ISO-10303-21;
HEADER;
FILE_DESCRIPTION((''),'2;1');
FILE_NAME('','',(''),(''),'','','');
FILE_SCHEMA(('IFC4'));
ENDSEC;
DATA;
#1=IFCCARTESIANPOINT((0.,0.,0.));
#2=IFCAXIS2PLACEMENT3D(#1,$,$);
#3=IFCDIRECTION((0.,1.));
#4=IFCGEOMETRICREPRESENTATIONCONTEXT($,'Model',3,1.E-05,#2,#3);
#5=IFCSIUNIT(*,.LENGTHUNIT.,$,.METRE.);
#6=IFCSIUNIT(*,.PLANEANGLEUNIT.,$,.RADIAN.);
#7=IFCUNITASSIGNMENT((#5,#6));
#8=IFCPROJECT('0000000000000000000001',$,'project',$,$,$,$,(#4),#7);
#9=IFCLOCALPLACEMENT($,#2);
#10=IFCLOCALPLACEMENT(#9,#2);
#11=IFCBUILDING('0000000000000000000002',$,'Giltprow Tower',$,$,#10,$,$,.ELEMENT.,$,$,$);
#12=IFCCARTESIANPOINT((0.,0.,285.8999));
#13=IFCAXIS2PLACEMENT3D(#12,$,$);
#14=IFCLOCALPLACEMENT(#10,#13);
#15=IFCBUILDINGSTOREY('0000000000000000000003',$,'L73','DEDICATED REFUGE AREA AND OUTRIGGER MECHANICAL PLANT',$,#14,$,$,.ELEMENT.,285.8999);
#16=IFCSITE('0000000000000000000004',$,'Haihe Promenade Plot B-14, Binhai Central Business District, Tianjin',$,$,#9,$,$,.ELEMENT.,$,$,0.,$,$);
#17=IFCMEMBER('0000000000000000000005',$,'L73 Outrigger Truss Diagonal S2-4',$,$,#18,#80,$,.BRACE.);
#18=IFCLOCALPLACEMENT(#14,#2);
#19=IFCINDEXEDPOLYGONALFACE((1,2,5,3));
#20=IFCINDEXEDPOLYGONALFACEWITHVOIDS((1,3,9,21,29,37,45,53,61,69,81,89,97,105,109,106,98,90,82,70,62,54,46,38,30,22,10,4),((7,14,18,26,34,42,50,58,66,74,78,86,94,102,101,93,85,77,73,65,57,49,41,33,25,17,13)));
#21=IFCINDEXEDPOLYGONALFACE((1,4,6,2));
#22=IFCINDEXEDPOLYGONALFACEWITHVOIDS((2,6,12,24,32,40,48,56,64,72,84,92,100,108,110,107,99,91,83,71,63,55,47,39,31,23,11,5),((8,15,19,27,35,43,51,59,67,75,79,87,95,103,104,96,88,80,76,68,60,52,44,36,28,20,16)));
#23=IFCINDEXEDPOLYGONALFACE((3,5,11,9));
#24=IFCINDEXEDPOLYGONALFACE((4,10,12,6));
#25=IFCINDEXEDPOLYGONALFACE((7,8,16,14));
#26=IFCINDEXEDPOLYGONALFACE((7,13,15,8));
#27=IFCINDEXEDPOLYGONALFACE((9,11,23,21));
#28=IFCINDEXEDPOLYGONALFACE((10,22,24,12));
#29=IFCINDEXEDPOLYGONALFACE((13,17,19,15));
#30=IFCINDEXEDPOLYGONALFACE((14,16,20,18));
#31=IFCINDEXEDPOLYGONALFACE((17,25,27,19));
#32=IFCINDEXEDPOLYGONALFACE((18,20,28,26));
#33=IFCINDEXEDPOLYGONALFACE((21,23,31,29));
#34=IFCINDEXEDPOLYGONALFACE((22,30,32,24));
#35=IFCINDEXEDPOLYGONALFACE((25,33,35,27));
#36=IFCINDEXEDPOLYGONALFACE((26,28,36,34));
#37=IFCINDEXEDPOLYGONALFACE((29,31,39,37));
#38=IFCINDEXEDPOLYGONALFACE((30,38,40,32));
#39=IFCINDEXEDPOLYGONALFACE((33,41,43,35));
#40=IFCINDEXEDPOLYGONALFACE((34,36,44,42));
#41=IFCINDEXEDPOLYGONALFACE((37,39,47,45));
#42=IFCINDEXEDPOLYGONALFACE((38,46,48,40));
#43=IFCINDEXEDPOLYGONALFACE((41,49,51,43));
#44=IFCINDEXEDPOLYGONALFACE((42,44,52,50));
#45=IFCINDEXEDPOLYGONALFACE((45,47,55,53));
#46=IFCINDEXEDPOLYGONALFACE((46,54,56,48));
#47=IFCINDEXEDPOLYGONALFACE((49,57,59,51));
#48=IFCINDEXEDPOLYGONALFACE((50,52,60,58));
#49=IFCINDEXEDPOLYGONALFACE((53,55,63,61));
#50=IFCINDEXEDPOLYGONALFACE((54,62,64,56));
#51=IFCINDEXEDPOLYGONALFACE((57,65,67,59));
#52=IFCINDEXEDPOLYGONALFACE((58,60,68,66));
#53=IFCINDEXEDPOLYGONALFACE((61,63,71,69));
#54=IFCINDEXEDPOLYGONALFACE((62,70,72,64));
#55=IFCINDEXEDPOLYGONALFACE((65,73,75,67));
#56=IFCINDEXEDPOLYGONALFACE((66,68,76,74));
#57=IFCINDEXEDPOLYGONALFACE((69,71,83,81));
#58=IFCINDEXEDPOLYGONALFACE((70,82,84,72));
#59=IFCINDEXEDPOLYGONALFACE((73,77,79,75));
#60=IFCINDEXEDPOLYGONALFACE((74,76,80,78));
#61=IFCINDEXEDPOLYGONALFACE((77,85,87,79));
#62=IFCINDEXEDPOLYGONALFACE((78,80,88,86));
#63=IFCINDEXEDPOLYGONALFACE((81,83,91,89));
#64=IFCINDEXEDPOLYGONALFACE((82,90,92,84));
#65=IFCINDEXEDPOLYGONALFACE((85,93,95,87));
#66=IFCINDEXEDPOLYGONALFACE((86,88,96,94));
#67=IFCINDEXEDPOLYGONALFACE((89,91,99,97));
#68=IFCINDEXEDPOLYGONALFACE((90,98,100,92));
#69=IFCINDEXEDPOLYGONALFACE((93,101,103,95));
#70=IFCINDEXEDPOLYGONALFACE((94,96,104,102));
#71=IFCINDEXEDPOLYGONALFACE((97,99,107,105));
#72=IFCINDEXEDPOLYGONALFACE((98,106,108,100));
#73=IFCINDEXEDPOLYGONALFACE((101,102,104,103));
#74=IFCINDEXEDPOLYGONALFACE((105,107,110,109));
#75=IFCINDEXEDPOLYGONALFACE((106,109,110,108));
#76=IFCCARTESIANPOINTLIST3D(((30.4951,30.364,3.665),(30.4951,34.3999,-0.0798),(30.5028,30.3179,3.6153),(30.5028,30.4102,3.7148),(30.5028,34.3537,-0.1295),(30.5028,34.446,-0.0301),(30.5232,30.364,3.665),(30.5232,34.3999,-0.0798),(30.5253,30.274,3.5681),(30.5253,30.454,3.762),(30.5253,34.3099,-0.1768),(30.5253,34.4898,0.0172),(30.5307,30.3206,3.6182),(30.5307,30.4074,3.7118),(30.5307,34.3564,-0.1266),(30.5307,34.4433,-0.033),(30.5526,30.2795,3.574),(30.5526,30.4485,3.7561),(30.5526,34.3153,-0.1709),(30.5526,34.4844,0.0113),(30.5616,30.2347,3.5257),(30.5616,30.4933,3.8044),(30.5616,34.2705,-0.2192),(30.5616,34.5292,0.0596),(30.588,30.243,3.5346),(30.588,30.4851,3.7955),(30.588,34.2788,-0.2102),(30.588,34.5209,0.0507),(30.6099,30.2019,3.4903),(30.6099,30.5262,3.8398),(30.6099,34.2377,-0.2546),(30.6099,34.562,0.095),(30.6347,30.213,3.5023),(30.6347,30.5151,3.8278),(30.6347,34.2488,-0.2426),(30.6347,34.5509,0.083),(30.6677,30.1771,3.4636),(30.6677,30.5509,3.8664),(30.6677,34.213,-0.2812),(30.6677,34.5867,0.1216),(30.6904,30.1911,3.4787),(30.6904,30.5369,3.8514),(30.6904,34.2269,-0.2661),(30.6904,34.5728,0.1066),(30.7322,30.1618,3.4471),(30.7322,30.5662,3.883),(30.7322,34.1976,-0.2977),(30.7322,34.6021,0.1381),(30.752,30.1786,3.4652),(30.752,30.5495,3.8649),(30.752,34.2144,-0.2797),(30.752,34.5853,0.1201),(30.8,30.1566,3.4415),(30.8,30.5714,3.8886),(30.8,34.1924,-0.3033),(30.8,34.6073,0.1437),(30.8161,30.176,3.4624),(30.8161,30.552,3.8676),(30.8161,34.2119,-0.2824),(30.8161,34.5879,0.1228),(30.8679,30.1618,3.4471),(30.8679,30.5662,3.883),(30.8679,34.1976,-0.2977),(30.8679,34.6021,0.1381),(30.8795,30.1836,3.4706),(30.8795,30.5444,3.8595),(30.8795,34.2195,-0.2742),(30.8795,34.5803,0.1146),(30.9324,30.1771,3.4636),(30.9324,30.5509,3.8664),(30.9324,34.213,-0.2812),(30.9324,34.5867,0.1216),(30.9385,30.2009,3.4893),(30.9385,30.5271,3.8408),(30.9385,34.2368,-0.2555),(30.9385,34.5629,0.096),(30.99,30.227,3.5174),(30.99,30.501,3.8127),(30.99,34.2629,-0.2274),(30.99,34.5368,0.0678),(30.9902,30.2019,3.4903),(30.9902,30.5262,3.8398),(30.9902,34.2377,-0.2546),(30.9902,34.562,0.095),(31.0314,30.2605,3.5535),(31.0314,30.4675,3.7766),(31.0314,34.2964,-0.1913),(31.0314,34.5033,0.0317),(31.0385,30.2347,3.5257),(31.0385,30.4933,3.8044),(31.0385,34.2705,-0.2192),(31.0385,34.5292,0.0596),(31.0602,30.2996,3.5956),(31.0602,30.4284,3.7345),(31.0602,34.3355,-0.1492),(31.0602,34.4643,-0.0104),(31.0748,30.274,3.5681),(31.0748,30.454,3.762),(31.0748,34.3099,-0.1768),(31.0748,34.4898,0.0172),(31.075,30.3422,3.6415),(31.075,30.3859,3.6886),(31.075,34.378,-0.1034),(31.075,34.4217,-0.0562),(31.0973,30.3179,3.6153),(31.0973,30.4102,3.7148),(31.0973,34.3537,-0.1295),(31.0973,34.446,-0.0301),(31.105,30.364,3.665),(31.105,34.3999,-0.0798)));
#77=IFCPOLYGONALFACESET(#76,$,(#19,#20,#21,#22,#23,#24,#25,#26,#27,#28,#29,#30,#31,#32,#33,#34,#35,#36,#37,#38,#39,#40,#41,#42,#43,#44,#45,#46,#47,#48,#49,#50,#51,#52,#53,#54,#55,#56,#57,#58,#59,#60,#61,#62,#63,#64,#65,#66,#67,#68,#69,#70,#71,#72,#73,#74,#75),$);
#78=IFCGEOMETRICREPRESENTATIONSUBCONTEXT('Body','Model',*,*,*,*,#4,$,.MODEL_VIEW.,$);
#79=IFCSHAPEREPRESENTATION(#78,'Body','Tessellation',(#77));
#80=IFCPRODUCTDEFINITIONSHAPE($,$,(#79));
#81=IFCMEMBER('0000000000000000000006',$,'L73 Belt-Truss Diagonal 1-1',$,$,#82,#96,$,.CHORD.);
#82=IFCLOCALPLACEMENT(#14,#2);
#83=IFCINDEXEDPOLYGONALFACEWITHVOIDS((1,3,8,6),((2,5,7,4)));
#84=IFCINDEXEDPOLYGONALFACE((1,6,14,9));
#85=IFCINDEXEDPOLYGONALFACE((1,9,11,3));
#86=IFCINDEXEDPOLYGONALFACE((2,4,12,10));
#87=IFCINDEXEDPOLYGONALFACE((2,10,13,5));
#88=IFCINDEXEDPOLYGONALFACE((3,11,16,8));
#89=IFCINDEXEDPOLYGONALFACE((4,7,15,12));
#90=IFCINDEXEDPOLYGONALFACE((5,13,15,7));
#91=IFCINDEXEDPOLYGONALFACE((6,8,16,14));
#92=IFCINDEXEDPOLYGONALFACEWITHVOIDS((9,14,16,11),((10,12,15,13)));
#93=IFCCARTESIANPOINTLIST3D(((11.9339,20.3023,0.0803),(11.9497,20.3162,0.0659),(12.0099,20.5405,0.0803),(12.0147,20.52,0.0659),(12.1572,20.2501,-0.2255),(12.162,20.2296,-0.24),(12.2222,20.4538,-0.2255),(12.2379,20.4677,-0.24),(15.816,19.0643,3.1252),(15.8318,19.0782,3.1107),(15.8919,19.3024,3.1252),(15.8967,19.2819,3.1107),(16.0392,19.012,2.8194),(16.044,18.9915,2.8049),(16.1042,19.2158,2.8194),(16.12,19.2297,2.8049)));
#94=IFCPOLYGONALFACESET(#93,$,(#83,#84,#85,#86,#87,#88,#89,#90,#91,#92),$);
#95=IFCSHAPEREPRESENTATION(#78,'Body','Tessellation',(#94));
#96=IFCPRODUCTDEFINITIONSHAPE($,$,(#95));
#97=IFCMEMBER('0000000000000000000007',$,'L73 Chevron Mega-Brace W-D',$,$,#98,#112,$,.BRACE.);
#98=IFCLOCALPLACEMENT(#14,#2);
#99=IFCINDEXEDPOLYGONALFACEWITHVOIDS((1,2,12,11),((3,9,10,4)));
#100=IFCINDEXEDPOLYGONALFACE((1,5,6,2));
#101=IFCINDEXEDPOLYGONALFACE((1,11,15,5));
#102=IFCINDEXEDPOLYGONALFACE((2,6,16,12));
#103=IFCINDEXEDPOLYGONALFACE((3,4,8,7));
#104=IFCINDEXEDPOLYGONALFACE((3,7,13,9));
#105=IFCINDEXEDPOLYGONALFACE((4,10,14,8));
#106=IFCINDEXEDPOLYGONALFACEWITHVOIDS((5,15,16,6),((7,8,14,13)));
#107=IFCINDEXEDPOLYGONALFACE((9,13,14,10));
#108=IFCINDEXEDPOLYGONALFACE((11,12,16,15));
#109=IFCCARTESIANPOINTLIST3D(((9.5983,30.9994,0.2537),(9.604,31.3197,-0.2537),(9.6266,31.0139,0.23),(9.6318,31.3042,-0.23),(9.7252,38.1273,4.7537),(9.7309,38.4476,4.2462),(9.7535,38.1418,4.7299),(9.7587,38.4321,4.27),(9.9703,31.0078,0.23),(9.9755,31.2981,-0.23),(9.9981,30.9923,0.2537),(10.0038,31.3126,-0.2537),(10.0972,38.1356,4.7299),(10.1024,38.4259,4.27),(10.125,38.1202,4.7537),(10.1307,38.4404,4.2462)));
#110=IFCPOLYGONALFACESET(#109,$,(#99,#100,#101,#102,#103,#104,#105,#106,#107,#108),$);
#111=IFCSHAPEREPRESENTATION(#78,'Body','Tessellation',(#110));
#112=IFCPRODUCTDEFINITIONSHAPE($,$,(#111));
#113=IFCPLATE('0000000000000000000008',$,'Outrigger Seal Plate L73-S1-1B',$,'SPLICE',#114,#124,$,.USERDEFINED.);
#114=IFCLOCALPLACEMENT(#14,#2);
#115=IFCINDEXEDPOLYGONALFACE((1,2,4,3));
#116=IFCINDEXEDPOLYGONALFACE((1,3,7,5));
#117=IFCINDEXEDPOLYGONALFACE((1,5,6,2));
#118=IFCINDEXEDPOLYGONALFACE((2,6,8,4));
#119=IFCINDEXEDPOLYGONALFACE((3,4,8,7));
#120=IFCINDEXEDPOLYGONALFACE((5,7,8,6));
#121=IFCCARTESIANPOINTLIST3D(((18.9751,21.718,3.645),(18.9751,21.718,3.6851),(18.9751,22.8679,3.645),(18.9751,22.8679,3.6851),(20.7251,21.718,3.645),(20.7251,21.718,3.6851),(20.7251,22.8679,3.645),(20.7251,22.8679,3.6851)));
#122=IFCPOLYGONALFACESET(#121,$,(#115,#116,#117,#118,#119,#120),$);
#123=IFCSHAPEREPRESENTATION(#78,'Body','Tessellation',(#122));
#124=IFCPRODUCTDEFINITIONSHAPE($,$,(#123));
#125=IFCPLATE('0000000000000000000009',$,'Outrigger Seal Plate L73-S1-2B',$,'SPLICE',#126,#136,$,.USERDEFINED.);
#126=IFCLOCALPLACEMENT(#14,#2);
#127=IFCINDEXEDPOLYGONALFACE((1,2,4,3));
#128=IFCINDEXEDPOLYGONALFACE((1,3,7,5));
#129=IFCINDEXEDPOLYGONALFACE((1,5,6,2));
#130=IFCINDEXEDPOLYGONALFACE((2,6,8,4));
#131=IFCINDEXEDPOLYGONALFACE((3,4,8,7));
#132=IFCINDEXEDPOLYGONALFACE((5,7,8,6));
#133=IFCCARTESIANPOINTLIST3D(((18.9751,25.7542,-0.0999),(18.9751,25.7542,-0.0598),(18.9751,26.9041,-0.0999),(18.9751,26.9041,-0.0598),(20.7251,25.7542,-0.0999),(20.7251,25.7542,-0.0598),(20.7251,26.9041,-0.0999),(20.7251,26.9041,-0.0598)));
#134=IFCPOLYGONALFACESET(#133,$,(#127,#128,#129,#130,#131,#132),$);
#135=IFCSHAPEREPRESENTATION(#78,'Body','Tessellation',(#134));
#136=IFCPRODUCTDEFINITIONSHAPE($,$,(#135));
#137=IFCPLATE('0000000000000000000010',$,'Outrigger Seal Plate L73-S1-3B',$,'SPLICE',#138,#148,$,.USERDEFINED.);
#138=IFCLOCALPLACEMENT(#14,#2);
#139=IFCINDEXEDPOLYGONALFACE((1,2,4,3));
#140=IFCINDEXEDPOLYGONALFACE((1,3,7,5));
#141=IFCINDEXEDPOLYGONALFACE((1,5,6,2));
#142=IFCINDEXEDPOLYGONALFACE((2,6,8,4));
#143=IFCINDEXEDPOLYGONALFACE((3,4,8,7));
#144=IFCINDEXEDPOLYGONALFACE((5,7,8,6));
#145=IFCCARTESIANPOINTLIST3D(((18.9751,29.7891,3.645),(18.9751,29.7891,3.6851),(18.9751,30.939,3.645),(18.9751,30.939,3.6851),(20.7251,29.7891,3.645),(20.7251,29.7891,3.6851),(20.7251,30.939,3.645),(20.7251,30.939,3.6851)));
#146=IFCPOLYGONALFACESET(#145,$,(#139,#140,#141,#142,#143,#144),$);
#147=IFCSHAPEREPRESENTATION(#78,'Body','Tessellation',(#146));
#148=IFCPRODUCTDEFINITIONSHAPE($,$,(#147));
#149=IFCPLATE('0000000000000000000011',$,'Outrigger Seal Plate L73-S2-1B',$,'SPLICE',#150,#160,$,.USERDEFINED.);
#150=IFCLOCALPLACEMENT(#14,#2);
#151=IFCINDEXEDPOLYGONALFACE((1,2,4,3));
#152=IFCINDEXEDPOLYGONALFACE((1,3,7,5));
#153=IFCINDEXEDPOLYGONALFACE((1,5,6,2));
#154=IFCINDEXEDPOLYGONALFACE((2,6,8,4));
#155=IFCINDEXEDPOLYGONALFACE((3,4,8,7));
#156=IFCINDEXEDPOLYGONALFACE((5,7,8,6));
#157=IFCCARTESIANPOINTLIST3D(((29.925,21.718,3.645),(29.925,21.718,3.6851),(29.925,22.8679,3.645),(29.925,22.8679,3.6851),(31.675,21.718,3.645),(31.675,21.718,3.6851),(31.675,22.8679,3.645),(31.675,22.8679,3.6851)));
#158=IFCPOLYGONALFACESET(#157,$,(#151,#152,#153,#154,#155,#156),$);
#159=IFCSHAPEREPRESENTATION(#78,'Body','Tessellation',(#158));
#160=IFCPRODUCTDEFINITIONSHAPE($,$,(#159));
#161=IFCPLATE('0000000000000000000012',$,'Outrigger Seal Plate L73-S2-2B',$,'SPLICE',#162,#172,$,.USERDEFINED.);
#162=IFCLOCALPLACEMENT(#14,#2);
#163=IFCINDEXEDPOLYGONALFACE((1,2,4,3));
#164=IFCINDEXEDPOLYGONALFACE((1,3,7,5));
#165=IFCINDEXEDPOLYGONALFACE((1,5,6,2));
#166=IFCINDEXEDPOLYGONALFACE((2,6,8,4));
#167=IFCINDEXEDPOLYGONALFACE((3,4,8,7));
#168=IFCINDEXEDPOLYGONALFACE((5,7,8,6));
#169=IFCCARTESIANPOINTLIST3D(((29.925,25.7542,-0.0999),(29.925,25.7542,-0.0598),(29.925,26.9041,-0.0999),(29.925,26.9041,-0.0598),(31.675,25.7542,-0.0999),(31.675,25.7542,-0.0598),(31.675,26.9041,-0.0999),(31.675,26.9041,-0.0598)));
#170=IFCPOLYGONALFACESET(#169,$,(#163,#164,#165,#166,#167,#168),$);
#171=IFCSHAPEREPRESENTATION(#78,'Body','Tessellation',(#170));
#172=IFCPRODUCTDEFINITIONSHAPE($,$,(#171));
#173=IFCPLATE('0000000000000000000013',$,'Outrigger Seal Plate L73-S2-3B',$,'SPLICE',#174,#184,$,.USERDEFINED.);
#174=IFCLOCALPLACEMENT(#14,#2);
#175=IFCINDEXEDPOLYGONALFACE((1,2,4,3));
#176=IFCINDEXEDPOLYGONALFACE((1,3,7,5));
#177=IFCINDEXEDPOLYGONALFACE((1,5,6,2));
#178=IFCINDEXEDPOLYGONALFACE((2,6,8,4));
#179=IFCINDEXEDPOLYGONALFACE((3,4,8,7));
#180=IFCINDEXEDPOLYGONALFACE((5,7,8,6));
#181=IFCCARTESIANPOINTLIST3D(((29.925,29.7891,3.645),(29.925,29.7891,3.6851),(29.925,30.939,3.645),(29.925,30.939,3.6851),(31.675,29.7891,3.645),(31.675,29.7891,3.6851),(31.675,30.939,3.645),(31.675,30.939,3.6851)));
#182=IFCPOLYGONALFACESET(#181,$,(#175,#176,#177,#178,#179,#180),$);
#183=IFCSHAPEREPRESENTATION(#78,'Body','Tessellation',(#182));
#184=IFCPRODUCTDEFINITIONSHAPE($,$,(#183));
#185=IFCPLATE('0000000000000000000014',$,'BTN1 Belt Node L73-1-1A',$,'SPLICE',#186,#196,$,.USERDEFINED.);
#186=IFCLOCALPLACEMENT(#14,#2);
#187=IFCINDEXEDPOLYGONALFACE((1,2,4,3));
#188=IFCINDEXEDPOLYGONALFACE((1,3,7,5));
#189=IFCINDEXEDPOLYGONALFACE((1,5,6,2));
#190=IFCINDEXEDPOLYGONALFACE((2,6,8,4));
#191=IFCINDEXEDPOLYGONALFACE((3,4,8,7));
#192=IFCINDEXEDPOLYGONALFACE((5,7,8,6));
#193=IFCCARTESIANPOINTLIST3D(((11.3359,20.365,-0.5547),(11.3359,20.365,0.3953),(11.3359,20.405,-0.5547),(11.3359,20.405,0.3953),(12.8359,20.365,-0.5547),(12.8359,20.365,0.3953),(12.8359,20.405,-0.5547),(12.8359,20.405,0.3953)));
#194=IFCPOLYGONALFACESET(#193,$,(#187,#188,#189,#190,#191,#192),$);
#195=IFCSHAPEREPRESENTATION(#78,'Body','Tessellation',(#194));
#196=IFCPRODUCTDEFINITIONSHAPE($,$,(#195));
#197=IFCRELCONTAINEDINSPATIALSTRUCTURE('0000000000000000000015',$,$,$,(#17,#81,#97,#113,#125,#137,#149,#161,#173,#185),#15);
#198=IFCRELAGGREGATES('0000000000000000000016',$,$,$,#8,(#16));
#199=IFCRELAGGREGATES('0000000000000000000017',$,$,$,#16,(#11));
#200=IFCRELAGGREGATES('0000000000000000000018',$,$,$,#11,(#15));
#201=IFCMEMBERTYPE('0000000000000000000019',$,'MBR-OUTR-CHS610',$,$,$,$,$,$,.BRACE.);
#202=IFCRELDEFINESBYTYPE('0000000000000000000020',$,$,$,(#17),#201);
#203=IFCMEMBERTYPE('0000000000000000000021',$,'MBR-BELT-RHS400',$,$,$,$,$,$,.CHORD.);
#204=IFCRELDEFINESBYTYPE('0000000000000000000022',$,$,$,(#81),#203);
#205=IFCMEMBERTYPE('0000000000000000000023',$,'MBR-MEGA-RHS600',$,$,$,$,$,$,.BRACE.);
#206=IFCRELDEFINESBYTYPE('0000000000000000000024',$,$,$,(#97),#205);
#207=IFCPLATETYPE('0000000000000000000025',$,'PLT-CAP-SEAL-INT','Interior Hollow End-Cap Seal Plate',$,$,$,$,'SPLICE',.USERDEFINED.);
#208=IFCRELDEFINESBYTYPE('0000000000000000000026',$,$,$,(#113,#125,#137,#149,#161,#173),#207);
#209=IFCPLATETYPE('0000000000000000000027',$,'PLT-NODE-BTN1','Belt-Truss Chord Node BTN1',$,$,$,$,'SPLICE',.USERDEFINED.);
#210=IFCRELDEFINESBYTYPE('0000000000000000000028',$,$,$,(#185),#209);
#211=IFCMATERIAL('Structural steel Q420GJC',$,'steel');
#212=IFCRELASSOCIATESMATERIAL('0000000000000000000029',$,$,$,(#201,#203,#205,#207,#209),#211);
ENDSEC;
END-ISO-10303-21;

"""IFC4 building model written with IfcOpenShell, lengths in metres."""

from ifc_helpers import new_model, si_unit, direction, frame, origin, origin_2d, place, context, subcontext, project, spatial, rectangle, hollow_rectangle, hollow_circle, extrude, source, transform, mapped, material, material_profile, profile_set, type_object, element, save


model = new_model("IFC4")

# Units and contexts
model_context = context("Model", 3, precision=1e-05, world=origin(), true_north=direction((0.0, 1.0)))
body_context = subcontext(model_context, "Body", "Model", "MODEL_VIEW")
ifc_project = project(units=[si_unit("LENGTHUNIT", "METRE"), si_unit("PLANEANGLEUNIT", "RADIAN")], contexts=[model_context])

# Site, building, storey
site_placement = place(None, origin())
site = spatial("IfcSite", under=ifc_project, at=site_placement, Name="Haihe Promenade Plot B-14, Binhai Central Business District, Tianjin", CompositionType="ELEMENT", RefElevation=0.0)
building_placement = place(site_placement, origin())
building = spatial("IfcBuilding", under=site, at=building_placement, Name="Giltprow Tower", CompositionType="ELEMENT")
storey_placement = place(building_placement, frame((0.0, 0.0, 285.8999)))
storey = spatial("IfcBuildingStorey", under=building, at=storey_placement, Name="L73", Description="DEDICATED REFUGE AREA AND OUTRIGGER MECHANICAL PLANT", CompositionType="ELEMENT", Elevation=285.8999)

# Shared definitions
ifc_material_1 = material(Name="Structural steel Q420GJC", Category="steel")

# Members
ifc_material_profile_1 = material_profile(ifc_material_1, hollow_circle(Radius=0.3049, WallThickness=0.0281, at=origin_2d()), Name="CHS 610x28")
ifc_profile_set_1 = profile_set([ifc_material_profile_1], Name="Structural steel Q420GJC")
member_type_1 = type_object("IfcMemberType", Name="MBR-OUTR-CHS610", PredefinedType="BRACE", material=ifc_profile_set_1)
shared_shape_1 = source(origin(), body_context, "Body", "SweptSolid", [
    extrude(hollow_circle(Radius=0.3049, WallThickness=0.0281, at=origin_2d()), origin(), (0.0, 0.0, 1.0), 5.5056),
])
for number, where, z_axis, x_axis, name in (
    (1, (30.8, 30.364, 3.665), (0.0, 0.733041, -0.680184), (-1.0, 0.0, 0.0), "L73 Outrigger Truss Diagonal S2-4"),
):
    element("IfcMember", number, at=place(storey_placement, frame(where, z_axis=z_axis, x_axis=x_axis)), inside=storey, type_object=member_type_1, Name=name, PredefinedType="BRACE", context=body_context, shape_type="MappedRepresentation", body=[
        mapped(shared_shape_1, transform((0.0, 0.0, 0.0), x_axis=(1.0, 0.0, 0.0), y_axis=(0.0, 1.0, 0.0), z_axis=(0.0, 0.0, 1.0), scale=1.0)),
    ])
ifc_material_profile_2 = material_profile(ifc_material_1, hollow_rectangle(XDim=0.25, YDim=0.3999, WallThickness=0.0181, at=origin_2d()), Name="RHS 400x250x18")
ifc_profile_set_2 = profile_set([ifc_material_profile_2], Name="Structural steel Q420GJC")
member_type_2 = type_object("IfcMemberType", Name="MBR-BELT-RHS400", PredefinedType="CHORD", material=ifc_profile_set_2)
shared_shape_2 = source(origin(), body_context, "Body", "SweptSolid", [
    extrude(hollow_rectangle(XDim=0.25, YDim=0.3999, WallThickness=0.0181, at=origin_2d()), origin(), (0.0, 0.0, 1.0), 5.0867),
])
member_1_placement = place(storey_placement, frame((12.0859, 20.385, -0.0798), z_axis=(0.763178, -0.243386, 0.598601), x_axis=(0.303834, 0.952725, 0.0)))
element("IfcMember", 2, at=member_1_placement, inside=storey, type_object=member_type_2, Name="L73 Belt-Truss Diagonal 1-1", PredefinedType="CHORD", context=body_context, shape_type="MappedRepresentation", body=[
    mapped(shared_shape_2, transform((0.0, 0.0, 0.0), x_axis=(1.0, 0.0, 0.0), y_axis=(0.0, 1.0, 0.0), z_axis=(0.0, 0.0, 1.0), scale=1.0)),
])
ifc_material_profile_3 = material_profile(ifc_material_1, hollow_rectangle(XDim=0.3999, YDim=0.6001, WallThickness=0.0281, at=origin_2d()), Name="RHS 600x400x28")
ifc_profile_set_3 = profile_set([ifc_material_profile_3], Name="Structural steel Q420GJC")
member_type_3 = type_object("IfcMemberType", Name="MBR-MEGA-RHS600", PredefinedType="BRACE", material=ifc_profile_set_3)
shared_shape_3 = source(origin(), body_context, "Body", "SweptSolid", [
    extrude(hollow_rectangle(XDim=0.3999, YDim=0.6001, WallThickness=0.0281, at=origin_2d()), origin(), (0.0, 0.0, 1.0), 8.4304),
])
member_2_placement = place(storey_placement, frame((9.801, 31.156, 0.0), z_axis=(0.015059, 0.845492, 0.533776), x_axis=(-0.999841, 0.017808, 0.0)))
element("IfcMember", 3, at=member_2_placement, inside=storey, type_object=member_type_3, Name="L73 Chevron Mega-Brace W-D", PredefinedType="BRACE", context=body_context, shape_type="MappedRepresentation", body=[
    mapped(shared_shape_3, transform((0.0, 0.0, 0.0), x_axis=(1.0, 0.0, 0.0), y_axis=(0.0, 1.0, 0.0), z_axis=(0.0, 0.0, 1.0), scale=1.0)),
])

# Plates
plate_type_1 = type_object("IfcPlateType", Name="PLT-CAP-SEAL-INT", Description="Interior Hollow End-Cap Seal Plate", ElementType="SPLICE", PredefinedType="USERDEFINED", material=ifc_material_1)
shared_shape_4 = source(origin(), body_context, "Body", "SweptSolid", [
    extrude(rectangle(XDim=1.75, YDim=1.1499, at=origin_2d()), origin(), (0.0, 0.0, 1.0), 0.04),
])
for number, where, z_axis, x_axis, name in (
    (4, (19.8501, 22.293, 3.645), (0.0, 0.0, 1.0), (1.0, 0.0, 0.0), "Outrigger Seal Plate L73-S1-1B"),
    (5, (19.8501, 26.3291, -0.0999), (0.0, 0.0, 1.0), (1.0, 0.0, 0.0), "Outrigger Seal Plate L73-S1-2B"),
    (6, (19.8501, 30.364, 3.645), (0.0, 0.0, 1.0), (1.0, 0.0, 0.0), "Outrigger Seal Plate L73-S1-3B"),
    (7, (30.8, 22.293, 3.645), (0.0, 0.0, 1.0), (1.0, 0.0, 0.0), "Outrigger Seal Plate L73-S2-1B"),
    (8, (30.8, 26.3291, -0.0999), (0.0, 0.0, 1.0), (1.0, 0.0, 0.0), "Outrigger Seal Plate L73-S2-2B"),
    (9, (30.8, 30.364, 3.645), (0.0, 0.0, 1.0), (1.0, 0.0, 0.0), "Outrigger Seal Plate L73-S2-3B"),
):
    element("IfcPlate", number, at=place(storey_placement, frame(where, z_axis=z_axis, x_axis=x_axis)), inside=storey, type_object=plate_type_1, Name=name, ObjectType="SPLICE", PredefinedType="USERDEFINED", context=body_context, shape_type="MappedRepresentation", body=[
        mapped(shared_shape_4, transform((0.0, 0.0, 0.0), x_axis=(1.0, 0.0, 0.0), y_axis=(0.0, 1.0, 0.0), z_axis=(0.0, 0.0, 1.0), scale=1.0)),
    ])
plate_type_2 = type_object("IfcPlateType", Name="PLT-NODE-BTN1", Description="Belt-Truss Chord Node BTN1", ElementType="SPLICE", PredefinedType="USERDEFINED", material=ifc_material_1)
shared_shape_5 = source(origin(), body_context, "Body", "SweptSolid", [
    extrude(rectangle(XDim=1.5, YDim=0.04, at=origin_2d()), origin(), (0.0, 0.0, 1.0), 0.95),
])
plate_placement = place(storey_placement, frame((12.0859, 20.385, -0.5547), z_axis=(0.0, 0.0, 1.0), x_axis=(1.0, 0.0, 0.0)))
element("IfcPlate", 10, at=plate_placement, inside=storey, type_object=plate_type_2, Name="BTN1 Belt Node L73-1-1A", ObjectType="SPLICE", PredefinedType="USERDEFINED", context=body_context, shape_type="MappedRepresentation", body=[
    mapped(shared_shape_5, transform((0.0, 0.0, 0.0), x_axis=(1.0, 0.0, 0.0), y_axis=(0.0, 1.0, 0.0), z_axis=(0.0, 0.0, 1.0), scale=1.0)),
])

save(model, "model.ifc")
